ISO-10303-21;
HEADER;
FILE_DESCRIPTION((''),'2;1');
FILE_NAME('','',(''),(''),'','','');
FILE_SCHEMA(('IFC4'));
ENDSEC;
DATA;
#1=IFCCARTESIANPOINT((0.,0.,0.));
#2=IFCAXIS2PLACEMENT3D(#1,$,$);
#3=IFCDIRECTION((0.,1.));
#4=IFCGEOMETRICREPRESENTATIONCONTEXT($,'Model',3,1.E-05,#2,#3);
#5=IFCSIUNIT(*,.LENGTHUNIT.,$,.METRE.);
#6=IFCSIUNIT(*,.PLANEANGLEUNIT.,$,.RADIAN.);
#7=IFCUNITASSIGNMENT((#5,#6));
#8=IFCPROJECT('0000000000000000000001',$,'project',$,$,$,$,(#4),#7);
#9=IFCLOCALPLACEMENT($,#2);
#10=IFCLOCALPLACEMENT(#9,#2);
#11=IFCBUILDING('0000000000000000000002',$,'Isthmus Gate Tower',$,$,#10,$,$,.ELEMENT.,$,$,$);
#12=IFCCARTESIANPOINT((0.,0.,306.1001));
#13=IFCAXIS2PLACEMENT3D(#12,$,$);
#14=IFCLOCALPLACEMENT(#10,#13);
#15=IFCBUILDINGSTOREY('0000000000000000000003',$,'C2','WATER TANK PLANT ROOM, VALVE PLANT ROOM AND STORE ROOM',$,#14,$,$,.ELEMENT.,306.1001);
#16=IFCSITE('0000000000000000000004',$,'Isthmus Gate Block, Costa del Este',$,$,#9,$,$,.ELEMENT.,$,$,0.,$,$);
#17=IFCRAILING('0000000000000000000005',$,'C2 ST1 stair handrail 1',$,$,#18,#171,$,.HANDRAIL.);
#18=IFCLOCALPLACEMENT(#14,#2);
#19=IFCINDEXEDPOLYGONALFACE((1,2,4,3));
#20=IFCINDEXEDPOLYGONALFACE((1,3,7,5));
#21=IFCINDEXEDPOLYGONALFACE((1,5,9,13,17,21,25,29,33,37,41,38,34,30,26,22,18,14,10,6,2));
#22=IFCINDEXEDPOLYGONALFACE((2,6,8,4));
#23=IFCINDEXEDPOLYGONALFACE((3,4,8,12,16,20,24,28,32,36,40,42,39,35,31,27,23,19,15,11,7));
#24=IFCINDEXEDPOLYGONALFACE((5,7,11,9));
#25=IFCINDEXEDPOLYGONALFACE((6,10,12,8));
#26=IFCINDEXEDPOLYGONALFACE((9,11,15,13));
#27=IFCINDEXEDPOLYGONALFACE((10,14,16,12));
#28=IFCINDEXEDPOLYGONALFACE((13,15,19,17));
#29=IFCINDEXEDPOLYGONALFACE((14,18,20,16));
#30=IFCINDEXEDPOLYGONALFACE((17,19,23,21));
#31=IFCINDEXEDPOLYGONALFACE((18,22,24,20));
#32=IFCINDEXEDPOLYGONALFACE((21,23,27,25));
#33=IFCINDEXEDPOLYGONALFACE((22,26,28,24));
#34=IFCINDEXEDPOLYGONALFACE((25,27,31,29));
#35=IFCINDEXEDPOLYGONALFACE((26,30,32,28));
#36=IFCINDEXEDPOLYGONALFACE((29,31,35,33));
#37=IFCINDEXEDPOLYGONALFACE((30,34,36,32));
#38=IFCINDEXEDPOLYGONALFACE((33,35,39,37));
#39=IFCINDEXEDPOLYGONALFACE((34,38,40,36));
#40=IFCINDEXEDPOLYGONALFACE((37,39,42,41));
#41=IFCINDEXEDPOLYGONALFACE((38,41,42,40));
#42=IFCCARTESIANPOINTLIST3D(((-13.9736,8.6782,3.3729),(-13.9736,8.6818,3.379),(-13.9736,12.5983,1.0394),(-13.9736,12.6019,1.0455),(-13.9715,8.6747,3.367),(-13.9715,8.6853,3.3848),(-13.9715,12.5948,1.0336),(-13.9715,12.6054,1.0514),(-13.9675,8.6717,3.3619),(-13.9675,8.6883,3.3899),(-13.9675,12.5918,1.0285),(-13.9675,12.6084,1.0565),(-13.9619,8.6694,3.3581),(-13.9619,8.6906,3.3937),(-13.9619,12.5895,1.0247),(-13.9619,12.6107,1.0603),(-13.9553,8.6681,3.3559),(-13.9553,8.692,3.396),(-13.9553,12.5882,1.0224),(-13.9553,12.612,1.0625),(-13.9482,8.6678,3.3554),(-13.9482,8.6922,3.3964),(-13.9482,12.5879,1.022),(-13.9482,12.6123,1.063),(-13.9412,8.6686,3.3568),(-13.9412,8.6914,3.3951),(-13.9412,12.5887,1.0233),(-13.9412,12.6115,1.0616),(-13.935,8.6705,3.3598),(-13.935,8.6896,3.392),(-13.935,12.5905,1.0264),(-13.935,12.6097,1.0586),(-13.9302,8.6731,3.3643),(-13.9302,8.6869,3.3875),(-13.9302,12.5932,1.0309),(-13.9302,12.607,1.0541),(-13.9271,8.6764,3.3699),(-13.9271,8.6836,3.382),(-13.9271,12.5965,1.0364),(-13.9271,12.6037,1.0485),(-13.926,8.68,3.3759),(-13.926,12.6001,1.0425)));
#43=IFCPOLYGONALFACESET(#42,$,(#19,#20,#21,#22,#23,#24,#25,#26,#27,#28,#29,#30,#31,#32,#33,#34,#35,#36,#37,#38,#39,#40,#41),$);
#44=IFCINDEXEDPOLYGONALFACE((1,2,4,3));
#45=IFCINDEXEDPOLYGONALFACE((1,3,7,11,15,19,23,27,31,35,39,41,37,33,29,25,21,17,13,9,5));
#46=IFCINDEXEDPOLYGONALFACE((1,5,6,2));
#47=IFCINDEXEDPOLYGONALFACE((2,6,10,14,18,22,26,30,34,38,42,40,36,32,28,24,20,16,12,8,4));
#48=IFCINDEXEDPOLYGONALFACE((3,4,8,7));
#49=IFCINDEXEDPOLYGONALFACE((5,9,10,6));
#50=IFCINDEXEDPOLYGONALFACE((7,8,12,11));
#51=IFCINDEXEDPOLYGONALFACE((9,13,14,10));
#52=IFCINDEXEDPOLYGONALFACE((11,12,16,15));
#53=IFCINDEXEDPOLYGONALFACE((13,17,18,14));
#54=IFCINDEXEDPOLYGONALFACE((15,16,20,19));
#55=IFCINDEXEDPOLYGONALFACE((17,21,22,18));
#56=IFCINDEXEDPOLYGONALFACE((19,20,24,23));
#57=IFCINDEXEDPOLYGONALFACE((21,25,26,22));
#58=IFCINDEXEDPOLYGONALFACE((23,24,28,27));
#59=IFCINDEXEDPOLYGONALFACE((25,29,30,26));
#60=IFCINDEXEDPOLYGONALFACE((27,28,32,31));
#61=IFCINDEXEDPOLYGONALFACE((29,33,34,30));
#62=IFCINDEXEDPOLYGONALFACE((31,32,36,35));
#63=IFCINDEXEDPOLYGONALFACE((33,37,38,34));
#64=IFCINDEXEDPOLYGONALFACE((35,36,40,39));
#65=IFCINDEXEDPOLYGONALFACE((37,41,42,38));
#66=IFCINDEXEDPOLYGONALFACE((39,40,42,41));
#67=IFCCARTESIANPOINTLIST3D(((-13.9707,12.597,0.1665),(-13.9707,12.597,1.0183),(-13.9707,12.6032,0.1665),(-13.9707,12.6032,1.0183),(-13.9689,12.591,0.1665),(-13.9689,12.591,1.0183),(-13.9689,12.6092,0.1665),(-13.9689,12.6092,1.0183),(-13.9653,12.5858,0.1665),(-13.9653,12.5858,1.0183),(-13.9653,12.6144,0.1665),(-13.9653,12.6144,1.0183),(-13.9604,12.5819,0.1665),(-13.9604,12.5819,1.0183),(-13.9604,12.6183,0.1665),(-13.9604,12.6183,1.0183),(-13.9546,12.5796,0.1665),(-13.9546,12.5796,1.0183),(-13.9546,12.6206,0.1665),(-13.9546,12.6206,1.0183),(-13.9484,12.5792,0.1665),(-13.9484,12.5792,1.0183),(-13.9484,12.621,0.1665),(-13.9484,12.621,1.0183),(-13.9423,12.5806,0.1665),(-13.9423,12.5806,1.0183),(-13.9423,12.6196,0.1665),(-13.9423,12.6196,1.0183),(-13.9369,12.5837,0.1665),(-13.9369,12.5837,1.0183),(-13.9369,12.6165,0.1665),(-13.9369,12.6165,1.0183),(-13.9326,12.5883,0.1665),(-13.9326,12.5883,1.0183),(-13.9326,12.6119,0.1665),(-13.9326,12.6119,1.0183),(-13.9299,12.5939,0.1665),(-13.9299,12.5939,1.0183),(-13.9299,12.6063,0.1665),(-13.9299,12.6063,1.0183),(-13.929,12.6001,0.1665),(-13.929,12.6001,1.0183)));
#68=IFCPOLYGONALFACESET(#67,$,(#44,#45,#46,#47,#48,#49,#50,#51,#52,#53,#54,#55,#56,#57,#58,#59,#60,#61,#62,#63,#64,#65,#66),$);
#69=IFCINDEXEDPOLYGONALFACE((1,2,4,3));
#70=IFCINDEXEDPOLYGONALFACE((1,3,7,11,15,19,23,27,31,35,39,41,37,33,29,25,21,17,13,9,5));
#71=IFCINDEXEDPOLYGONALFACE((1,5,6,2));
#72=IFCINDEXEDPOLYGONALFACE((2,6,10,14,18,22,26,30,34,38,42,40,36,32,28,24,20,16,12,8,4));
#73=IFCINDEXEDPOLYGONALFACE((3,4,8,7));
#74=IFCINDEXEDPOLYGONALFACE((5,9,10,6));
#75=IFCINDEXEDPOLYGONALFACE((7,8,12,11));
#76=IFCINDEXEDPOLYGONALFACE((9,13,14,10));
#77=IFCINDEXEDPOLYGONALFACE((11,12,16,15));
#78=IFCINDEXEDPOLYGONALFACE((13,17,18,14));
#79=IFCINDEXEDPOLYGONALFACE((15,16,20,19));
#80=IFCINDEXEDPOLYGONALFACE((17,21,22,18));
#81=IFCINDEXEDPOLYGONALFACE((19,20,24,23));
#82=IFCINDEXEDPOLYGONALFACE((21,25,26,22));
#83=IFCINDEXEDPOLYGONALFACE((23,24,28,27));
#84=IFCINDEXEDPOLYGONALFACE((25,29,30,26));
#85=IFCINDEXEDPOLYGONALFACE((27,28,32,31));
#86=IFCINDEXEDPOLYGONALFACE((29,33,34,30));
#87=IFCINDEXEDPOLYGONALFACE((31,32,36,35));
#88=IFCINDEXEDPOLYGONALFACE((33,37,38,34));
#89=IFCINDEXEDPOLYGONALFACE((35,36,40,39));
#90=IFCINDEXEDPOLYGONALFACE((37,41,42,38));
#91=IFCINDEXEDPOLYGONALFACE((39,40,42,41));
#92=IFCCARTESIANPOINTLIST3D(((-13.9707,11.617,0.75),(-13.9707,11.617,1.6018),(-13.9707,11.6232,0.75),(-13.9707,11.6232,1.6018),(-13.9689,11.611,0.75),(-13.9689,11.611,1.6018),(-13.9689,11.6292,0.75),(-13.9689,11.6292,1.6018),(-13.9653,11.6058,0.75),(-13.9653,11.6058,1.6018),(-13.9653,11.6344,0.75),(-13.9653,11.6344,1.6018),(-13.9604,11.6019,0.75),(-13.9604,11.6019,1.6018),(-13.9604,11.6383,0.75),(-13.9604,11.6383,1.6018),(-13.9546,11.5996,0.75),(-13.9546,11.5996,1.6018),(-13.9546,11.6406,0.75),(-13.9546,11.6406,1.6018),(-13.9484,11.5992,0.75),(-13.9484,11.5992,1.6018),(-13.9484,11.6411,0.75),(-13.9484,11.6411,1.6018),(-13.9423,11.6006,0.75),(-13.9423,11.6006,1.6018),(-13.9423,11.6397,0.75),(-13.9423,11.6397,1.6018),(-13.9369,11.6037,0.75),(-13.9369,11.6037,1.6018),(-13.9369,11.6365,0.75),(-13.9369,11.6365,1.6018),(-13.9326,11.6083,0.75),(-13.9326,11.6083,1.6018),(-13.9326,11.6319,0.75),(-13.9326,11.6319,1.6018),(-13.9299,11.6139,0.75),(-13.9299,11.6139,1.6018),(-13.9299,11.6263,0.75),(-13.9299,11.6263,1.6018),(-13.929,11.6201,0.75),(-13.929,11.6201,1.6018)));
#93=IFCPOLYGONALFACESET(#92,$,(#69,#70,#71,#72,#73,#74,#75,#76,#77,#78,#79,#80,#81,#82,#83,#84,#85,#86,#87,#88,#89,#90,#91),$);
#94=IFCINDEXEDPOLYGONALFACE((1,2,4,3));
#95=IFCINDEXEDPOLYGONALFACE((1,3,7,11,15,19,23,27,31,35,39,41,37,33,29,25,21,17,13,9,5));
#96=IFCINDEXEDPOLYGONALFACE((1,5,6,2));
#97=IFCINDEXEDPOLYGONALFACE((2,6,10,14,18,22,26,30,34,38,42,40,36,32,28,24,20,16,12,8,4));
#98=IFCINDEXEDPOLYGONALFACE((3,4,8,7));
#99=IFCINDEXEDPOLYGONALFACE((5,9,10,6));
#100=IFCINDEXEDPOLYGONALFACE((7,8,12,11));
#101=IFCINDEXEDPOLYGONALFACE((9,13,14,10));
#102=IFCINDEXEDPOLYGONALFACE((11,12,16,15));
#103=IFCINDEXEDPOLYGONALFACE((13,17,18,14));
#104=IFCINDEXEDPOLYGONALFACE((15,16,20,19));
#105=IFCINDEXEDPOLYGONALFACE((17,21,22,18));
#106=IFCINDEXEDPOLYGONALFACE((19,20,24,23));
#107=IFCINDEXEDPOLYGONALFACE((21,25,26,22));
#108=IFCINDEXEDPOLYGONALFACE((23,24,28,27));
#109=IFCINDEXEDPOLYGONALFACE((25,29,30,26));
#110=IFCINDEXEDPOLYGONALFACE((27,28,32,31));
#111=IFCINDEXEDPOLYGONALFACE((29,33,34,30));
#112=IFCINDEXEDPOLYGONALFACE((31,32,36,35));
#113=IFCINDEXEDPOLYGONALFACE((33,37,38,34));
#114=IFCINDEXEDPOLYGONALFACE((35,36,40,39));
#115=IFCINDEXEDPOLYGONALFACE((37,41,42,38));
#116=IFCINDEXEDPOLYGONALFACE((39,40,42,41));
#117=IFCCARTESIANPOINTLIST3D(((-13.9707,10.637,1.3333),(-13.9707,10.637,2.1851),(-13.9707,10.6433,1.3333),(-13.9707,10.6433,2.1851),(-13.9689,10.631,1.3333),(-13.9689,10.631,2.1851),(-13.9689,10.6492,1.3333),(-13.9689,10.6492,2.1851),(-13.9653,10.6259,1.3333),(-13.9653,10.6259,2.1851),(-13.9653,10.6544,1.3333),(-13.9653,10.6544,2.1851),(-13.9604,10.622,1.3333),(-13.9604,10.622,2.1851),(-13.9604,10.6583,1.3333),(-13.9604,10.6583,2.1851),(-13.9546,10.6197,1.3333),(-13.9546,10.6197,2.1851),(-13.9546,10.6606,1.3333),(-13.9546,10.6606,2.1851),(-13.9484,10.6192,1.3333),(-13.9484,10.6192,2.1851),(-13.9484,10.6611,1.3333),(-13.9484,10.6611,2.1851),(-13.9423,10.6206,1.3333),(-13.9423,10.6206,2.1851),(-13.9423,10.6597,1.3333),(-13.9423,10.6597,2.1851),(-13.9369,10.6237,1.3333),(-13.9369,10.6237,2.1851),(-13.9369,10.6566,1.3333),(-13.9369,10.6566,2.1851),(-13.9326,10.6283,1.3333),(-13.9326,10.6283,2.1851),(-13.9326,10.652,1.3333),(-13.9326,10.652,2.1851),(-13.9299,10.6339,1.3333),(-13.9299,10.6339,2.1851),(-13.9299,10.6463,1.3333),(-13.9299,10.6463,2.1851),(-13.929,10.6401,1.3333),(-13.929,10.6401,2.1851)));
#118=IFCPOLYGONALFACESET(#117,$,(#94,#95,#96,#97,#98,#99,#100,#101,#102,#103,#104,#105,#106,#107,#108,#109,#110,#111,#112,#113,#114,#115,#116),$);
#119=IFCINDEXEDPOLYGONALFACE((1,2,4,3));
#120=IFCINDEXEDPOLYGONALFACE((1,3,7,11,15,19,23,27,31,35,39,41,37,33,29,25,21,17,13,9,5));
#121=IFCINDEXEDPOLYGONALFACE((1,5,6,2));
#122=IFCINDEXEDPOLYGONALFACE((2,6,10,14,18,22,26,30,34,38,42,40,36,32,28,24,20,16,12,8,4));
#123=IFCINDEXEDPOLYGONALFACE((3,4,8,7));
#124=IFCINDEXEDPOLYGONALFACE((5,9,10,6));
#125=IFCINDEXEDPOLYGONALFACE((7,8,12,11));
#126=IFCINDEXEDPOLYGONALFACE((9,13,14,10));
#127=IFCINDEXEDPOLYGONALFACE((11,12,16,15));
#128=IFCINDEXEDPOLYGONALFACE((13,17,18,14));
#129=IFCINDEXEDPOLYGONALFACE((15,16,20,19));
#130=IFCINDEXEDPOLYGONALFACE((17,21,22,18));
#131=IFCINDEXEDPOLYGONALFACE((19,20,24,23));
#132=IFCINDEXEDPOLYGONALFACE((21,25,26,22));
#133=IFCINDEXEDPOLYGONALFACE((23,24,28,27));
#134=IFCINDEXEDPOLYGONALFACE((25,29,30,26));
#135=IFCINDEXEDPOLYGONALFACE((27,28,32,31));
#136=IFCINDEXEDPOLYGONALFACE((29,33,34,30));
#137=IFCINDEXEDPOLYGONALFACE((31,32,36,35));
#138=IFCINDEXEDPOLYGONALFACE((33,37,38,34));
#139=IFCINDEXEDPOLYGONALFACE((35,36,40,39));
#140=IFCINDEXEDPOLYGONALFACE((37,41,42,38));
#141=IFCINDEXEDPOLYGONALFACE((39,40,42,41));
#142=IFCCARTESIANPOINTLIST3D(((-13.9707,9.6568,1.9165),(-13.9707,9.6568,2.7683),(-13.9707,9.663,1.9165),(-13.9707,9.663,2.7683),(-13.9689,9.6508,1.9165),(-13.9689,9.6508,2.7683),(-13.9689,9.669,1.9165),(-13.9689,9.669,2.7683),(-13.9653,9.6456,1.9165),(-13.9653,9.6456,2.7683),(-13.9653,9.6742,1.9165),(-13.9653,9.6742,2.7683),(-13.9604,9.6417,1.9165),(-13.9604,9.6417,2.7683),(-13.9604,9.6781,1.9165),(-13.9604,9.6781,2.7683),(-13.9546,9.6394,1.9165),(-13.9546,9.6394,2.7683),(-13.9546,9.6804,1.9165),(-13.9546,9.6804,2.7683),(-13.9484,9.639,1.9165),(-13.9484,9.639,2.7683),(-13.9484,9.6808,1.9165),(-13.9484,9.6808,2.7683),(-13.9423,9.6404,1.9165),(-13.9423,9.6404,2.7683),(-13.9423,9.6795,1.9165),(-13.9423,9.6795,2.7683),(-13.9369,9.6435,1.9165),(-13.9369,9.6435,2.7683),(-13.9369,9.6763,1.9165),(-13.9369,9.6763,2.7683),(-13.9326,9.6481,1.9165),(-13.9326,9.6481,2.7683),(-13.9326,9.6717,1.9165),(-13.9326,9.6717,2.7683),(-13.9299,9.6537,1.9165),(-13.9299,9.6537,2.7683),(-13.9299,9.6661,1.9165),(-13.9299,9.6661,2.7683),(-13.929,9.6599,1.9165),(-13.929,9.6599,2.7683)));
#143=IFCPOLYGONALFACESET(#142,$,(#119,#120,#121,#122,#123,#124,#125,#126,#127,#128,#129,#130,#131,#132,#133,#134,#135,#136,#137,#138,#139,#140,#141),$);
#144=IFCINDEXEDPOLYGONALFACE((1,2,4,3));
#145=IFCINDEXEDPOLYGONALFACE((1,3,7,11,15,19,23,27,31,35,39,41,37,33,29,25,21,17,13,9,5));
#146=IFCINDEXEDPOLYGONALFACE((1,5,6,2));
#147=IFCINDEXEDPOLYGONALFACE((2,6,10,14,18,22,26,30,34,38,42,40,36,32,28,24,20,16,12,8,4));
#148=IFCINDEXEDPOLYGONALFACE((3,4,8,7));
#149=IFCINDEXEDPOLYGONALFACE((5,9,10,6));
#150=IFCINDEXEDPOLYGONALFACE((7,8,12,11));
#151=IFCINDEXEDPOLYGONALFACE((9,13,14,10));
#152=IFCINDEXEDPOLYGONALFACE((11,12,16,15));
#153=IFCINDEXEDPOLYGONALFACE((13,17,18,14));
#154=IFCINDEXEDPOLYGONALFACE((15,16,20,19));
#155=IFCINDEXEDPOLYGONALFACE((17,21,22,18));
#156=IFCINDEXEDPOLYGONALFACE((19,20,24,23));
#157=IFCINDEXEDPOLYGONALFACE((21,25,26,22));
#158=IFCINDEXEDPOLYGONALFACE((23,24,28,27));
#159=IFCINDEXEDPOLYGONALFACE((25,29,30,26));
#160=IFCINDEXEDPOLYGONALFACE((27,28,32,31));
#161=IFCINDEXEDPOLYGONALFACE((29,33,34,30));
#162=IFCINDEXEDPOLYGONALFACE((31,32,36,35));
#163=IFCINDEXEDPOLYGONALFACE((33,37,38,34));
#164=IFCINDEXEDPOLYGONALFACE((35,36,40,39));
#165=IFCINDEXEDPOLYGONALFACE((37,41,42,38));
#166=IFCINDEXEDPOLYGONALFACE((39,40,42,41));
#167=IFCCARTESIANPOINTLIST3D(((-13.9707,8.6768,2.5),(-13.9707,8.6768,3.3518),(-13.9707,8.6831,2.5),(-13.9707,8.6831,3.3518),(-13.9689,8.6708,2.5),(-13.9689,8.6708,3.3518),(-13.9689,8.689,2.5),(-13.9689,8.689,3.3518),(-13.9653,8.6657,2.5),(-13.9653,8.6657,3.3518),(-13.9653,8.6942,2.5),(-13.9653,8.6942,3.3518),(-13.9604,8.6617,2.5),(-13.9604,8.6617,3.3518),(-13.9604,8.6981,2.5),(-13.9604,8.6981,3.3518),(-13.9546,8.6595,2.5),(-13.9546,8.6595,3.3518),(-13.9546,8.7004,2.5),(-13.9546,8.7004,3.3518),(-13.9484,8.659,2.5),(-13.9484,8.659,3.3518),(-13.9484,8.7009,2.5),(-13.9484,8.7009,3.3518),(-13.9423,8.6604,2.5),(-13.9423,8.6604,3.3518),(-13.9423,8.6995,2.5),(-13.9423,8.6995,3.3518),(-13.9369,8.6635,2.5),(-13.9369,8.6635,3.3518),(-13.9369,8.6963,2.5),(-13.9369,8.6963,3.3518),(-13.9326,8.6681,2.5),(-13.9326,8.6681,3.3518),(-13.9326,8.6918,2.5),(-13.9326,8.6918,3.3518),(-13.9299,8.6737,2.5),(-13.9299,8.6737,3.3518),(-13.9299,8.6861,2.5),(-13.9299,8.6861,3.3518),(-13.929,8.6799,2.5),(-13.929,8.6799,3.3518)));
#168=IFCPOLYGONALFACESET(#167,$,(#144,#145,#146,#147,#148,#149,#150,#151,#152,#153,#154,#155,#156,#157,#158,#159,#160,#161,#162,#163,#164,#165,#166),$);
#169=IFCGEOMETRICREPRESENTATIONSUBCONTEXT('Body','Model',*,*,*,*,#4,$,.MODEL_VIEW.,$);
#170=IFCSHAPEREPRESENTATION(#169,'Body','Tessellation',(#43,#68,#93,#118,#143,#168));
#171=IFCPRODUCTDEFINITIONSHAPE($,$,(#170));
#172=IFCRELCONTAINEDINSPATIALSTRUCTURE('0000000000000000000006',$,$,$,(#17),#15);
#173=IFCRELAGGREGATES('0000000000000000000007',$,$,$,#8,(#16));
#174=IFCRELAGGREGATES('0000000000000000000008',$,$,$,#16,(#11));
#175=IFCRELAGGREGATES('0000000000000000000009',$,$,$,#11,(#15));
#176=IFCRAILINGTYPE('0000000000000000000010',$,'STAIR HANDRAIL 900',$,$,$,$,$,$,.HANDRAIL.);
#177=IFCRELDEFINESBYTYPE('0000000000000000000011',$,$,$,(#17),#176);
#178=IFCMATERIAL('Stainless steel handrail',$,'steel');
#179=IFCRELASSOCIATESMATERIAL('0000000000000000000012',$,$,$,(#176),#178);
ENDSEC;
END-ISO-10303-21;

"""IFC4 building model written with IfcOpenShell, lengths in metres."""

from ifc_helpers import new_model, si_unit, direction, frame, origin, origin_2d, place, context, subcontext, project, spatial, circle, extrude, material, type_object, element, save


model = new_model("IFC4")

# Units and contexts
model_context = context("Model", 3, precision=1e-05, world=origin(), true_north=direction((0.0, 1.0)))
body_context = subcontext(model_context, "Body", "Model", "MODEL_VIEW")
ifc_project = project(units=[si_unit("LENGTHUNIT", "METRE"), si_unit("PLANEANGLEUNIT", "RADIAN")], contexts=[model_context])

# Site, building, storey
site_placement = place(None, origin())
site = spatial("IfcSite", under=ifc_project, at=site_placement, Name="Isthmus Gate Block, Costa del Este", CompositionType="ELEMENT", RefElevation=0.0)
building_placement = place(site_placement, origin())
building = spatial("IfcBuilding", under=site, at=building_placement, Name="Isthmus Gate Tower", CompositionType="ELEMENT")
storey_placement = place(building_placement, frame((0.0, 0.0, 306.1001)))
storey = spatial("IfcBuildingStorey", under=building, at=storey_placement, Name="C2", Description="WATER TANK PLANT ROOM, VALVE PLANT ROOM AND STORE ROOM", CompositionType="ELEMENT", Elevation=306.1001)

# Railing
ifc_material_1 = material(Name="Stainless steel handrail", Category="steel")
railing_type_1 = type_object("IfcRailingType", Name="STAIR HANDRAIL 900", PredefinedType="HANDRAIL", material=ifc_material_1)
railing_1_placement = place(storey_placement, frame((-13.95, 12.6001, 0.1665)))
element("IfcRailing", 1, at=railing_1_placement, inside=storey, type_object=railing_type_1, Name="C2 ST1 stair handrail 1", PredefinedType="HANDRAIL", context=body_context, shape_type="SweptSolid", body=[
    extrude(circle(Radius=0.0239, at=origin_2d()), frame((0.0, 0.0, 0.876), z_axis=(0.0, -0.859287, 0.511494), x_axis=(1.0, 0.0, 0.0)), (0.0, 0.0, 1.0), 4.562),
    extrude(circle(Radius=0.021, at=origin_2d()), origin(), (0.0, 0.0, 1.0), 0.8518),
    extrude(circle(Radius=0.021, at=origin_2d()), frame((0.0, -0.98, 0.5835)), (0.0, 0.0, 1.0), 0.8518),
    extrude(circle(Radius=0.021, at=origin_2d()), frame((0.0, -1.96, 1.1667)), (0.0, 0.0, 1.0), 0.8518),
    extrude(circle(Radius=0.021, at=origin_2d()), frame((0.0, -2.9402, 1.75)), (0.0, 0.0, 1.0), 0.8518),
    extrude(circle(Radius=0.021, at=origin_2d()), frame((0.0, -3.9202, 2.3335)), (0.0, 0.0, 1.0), 0.8518),
])

save(model, "model.ifc")
